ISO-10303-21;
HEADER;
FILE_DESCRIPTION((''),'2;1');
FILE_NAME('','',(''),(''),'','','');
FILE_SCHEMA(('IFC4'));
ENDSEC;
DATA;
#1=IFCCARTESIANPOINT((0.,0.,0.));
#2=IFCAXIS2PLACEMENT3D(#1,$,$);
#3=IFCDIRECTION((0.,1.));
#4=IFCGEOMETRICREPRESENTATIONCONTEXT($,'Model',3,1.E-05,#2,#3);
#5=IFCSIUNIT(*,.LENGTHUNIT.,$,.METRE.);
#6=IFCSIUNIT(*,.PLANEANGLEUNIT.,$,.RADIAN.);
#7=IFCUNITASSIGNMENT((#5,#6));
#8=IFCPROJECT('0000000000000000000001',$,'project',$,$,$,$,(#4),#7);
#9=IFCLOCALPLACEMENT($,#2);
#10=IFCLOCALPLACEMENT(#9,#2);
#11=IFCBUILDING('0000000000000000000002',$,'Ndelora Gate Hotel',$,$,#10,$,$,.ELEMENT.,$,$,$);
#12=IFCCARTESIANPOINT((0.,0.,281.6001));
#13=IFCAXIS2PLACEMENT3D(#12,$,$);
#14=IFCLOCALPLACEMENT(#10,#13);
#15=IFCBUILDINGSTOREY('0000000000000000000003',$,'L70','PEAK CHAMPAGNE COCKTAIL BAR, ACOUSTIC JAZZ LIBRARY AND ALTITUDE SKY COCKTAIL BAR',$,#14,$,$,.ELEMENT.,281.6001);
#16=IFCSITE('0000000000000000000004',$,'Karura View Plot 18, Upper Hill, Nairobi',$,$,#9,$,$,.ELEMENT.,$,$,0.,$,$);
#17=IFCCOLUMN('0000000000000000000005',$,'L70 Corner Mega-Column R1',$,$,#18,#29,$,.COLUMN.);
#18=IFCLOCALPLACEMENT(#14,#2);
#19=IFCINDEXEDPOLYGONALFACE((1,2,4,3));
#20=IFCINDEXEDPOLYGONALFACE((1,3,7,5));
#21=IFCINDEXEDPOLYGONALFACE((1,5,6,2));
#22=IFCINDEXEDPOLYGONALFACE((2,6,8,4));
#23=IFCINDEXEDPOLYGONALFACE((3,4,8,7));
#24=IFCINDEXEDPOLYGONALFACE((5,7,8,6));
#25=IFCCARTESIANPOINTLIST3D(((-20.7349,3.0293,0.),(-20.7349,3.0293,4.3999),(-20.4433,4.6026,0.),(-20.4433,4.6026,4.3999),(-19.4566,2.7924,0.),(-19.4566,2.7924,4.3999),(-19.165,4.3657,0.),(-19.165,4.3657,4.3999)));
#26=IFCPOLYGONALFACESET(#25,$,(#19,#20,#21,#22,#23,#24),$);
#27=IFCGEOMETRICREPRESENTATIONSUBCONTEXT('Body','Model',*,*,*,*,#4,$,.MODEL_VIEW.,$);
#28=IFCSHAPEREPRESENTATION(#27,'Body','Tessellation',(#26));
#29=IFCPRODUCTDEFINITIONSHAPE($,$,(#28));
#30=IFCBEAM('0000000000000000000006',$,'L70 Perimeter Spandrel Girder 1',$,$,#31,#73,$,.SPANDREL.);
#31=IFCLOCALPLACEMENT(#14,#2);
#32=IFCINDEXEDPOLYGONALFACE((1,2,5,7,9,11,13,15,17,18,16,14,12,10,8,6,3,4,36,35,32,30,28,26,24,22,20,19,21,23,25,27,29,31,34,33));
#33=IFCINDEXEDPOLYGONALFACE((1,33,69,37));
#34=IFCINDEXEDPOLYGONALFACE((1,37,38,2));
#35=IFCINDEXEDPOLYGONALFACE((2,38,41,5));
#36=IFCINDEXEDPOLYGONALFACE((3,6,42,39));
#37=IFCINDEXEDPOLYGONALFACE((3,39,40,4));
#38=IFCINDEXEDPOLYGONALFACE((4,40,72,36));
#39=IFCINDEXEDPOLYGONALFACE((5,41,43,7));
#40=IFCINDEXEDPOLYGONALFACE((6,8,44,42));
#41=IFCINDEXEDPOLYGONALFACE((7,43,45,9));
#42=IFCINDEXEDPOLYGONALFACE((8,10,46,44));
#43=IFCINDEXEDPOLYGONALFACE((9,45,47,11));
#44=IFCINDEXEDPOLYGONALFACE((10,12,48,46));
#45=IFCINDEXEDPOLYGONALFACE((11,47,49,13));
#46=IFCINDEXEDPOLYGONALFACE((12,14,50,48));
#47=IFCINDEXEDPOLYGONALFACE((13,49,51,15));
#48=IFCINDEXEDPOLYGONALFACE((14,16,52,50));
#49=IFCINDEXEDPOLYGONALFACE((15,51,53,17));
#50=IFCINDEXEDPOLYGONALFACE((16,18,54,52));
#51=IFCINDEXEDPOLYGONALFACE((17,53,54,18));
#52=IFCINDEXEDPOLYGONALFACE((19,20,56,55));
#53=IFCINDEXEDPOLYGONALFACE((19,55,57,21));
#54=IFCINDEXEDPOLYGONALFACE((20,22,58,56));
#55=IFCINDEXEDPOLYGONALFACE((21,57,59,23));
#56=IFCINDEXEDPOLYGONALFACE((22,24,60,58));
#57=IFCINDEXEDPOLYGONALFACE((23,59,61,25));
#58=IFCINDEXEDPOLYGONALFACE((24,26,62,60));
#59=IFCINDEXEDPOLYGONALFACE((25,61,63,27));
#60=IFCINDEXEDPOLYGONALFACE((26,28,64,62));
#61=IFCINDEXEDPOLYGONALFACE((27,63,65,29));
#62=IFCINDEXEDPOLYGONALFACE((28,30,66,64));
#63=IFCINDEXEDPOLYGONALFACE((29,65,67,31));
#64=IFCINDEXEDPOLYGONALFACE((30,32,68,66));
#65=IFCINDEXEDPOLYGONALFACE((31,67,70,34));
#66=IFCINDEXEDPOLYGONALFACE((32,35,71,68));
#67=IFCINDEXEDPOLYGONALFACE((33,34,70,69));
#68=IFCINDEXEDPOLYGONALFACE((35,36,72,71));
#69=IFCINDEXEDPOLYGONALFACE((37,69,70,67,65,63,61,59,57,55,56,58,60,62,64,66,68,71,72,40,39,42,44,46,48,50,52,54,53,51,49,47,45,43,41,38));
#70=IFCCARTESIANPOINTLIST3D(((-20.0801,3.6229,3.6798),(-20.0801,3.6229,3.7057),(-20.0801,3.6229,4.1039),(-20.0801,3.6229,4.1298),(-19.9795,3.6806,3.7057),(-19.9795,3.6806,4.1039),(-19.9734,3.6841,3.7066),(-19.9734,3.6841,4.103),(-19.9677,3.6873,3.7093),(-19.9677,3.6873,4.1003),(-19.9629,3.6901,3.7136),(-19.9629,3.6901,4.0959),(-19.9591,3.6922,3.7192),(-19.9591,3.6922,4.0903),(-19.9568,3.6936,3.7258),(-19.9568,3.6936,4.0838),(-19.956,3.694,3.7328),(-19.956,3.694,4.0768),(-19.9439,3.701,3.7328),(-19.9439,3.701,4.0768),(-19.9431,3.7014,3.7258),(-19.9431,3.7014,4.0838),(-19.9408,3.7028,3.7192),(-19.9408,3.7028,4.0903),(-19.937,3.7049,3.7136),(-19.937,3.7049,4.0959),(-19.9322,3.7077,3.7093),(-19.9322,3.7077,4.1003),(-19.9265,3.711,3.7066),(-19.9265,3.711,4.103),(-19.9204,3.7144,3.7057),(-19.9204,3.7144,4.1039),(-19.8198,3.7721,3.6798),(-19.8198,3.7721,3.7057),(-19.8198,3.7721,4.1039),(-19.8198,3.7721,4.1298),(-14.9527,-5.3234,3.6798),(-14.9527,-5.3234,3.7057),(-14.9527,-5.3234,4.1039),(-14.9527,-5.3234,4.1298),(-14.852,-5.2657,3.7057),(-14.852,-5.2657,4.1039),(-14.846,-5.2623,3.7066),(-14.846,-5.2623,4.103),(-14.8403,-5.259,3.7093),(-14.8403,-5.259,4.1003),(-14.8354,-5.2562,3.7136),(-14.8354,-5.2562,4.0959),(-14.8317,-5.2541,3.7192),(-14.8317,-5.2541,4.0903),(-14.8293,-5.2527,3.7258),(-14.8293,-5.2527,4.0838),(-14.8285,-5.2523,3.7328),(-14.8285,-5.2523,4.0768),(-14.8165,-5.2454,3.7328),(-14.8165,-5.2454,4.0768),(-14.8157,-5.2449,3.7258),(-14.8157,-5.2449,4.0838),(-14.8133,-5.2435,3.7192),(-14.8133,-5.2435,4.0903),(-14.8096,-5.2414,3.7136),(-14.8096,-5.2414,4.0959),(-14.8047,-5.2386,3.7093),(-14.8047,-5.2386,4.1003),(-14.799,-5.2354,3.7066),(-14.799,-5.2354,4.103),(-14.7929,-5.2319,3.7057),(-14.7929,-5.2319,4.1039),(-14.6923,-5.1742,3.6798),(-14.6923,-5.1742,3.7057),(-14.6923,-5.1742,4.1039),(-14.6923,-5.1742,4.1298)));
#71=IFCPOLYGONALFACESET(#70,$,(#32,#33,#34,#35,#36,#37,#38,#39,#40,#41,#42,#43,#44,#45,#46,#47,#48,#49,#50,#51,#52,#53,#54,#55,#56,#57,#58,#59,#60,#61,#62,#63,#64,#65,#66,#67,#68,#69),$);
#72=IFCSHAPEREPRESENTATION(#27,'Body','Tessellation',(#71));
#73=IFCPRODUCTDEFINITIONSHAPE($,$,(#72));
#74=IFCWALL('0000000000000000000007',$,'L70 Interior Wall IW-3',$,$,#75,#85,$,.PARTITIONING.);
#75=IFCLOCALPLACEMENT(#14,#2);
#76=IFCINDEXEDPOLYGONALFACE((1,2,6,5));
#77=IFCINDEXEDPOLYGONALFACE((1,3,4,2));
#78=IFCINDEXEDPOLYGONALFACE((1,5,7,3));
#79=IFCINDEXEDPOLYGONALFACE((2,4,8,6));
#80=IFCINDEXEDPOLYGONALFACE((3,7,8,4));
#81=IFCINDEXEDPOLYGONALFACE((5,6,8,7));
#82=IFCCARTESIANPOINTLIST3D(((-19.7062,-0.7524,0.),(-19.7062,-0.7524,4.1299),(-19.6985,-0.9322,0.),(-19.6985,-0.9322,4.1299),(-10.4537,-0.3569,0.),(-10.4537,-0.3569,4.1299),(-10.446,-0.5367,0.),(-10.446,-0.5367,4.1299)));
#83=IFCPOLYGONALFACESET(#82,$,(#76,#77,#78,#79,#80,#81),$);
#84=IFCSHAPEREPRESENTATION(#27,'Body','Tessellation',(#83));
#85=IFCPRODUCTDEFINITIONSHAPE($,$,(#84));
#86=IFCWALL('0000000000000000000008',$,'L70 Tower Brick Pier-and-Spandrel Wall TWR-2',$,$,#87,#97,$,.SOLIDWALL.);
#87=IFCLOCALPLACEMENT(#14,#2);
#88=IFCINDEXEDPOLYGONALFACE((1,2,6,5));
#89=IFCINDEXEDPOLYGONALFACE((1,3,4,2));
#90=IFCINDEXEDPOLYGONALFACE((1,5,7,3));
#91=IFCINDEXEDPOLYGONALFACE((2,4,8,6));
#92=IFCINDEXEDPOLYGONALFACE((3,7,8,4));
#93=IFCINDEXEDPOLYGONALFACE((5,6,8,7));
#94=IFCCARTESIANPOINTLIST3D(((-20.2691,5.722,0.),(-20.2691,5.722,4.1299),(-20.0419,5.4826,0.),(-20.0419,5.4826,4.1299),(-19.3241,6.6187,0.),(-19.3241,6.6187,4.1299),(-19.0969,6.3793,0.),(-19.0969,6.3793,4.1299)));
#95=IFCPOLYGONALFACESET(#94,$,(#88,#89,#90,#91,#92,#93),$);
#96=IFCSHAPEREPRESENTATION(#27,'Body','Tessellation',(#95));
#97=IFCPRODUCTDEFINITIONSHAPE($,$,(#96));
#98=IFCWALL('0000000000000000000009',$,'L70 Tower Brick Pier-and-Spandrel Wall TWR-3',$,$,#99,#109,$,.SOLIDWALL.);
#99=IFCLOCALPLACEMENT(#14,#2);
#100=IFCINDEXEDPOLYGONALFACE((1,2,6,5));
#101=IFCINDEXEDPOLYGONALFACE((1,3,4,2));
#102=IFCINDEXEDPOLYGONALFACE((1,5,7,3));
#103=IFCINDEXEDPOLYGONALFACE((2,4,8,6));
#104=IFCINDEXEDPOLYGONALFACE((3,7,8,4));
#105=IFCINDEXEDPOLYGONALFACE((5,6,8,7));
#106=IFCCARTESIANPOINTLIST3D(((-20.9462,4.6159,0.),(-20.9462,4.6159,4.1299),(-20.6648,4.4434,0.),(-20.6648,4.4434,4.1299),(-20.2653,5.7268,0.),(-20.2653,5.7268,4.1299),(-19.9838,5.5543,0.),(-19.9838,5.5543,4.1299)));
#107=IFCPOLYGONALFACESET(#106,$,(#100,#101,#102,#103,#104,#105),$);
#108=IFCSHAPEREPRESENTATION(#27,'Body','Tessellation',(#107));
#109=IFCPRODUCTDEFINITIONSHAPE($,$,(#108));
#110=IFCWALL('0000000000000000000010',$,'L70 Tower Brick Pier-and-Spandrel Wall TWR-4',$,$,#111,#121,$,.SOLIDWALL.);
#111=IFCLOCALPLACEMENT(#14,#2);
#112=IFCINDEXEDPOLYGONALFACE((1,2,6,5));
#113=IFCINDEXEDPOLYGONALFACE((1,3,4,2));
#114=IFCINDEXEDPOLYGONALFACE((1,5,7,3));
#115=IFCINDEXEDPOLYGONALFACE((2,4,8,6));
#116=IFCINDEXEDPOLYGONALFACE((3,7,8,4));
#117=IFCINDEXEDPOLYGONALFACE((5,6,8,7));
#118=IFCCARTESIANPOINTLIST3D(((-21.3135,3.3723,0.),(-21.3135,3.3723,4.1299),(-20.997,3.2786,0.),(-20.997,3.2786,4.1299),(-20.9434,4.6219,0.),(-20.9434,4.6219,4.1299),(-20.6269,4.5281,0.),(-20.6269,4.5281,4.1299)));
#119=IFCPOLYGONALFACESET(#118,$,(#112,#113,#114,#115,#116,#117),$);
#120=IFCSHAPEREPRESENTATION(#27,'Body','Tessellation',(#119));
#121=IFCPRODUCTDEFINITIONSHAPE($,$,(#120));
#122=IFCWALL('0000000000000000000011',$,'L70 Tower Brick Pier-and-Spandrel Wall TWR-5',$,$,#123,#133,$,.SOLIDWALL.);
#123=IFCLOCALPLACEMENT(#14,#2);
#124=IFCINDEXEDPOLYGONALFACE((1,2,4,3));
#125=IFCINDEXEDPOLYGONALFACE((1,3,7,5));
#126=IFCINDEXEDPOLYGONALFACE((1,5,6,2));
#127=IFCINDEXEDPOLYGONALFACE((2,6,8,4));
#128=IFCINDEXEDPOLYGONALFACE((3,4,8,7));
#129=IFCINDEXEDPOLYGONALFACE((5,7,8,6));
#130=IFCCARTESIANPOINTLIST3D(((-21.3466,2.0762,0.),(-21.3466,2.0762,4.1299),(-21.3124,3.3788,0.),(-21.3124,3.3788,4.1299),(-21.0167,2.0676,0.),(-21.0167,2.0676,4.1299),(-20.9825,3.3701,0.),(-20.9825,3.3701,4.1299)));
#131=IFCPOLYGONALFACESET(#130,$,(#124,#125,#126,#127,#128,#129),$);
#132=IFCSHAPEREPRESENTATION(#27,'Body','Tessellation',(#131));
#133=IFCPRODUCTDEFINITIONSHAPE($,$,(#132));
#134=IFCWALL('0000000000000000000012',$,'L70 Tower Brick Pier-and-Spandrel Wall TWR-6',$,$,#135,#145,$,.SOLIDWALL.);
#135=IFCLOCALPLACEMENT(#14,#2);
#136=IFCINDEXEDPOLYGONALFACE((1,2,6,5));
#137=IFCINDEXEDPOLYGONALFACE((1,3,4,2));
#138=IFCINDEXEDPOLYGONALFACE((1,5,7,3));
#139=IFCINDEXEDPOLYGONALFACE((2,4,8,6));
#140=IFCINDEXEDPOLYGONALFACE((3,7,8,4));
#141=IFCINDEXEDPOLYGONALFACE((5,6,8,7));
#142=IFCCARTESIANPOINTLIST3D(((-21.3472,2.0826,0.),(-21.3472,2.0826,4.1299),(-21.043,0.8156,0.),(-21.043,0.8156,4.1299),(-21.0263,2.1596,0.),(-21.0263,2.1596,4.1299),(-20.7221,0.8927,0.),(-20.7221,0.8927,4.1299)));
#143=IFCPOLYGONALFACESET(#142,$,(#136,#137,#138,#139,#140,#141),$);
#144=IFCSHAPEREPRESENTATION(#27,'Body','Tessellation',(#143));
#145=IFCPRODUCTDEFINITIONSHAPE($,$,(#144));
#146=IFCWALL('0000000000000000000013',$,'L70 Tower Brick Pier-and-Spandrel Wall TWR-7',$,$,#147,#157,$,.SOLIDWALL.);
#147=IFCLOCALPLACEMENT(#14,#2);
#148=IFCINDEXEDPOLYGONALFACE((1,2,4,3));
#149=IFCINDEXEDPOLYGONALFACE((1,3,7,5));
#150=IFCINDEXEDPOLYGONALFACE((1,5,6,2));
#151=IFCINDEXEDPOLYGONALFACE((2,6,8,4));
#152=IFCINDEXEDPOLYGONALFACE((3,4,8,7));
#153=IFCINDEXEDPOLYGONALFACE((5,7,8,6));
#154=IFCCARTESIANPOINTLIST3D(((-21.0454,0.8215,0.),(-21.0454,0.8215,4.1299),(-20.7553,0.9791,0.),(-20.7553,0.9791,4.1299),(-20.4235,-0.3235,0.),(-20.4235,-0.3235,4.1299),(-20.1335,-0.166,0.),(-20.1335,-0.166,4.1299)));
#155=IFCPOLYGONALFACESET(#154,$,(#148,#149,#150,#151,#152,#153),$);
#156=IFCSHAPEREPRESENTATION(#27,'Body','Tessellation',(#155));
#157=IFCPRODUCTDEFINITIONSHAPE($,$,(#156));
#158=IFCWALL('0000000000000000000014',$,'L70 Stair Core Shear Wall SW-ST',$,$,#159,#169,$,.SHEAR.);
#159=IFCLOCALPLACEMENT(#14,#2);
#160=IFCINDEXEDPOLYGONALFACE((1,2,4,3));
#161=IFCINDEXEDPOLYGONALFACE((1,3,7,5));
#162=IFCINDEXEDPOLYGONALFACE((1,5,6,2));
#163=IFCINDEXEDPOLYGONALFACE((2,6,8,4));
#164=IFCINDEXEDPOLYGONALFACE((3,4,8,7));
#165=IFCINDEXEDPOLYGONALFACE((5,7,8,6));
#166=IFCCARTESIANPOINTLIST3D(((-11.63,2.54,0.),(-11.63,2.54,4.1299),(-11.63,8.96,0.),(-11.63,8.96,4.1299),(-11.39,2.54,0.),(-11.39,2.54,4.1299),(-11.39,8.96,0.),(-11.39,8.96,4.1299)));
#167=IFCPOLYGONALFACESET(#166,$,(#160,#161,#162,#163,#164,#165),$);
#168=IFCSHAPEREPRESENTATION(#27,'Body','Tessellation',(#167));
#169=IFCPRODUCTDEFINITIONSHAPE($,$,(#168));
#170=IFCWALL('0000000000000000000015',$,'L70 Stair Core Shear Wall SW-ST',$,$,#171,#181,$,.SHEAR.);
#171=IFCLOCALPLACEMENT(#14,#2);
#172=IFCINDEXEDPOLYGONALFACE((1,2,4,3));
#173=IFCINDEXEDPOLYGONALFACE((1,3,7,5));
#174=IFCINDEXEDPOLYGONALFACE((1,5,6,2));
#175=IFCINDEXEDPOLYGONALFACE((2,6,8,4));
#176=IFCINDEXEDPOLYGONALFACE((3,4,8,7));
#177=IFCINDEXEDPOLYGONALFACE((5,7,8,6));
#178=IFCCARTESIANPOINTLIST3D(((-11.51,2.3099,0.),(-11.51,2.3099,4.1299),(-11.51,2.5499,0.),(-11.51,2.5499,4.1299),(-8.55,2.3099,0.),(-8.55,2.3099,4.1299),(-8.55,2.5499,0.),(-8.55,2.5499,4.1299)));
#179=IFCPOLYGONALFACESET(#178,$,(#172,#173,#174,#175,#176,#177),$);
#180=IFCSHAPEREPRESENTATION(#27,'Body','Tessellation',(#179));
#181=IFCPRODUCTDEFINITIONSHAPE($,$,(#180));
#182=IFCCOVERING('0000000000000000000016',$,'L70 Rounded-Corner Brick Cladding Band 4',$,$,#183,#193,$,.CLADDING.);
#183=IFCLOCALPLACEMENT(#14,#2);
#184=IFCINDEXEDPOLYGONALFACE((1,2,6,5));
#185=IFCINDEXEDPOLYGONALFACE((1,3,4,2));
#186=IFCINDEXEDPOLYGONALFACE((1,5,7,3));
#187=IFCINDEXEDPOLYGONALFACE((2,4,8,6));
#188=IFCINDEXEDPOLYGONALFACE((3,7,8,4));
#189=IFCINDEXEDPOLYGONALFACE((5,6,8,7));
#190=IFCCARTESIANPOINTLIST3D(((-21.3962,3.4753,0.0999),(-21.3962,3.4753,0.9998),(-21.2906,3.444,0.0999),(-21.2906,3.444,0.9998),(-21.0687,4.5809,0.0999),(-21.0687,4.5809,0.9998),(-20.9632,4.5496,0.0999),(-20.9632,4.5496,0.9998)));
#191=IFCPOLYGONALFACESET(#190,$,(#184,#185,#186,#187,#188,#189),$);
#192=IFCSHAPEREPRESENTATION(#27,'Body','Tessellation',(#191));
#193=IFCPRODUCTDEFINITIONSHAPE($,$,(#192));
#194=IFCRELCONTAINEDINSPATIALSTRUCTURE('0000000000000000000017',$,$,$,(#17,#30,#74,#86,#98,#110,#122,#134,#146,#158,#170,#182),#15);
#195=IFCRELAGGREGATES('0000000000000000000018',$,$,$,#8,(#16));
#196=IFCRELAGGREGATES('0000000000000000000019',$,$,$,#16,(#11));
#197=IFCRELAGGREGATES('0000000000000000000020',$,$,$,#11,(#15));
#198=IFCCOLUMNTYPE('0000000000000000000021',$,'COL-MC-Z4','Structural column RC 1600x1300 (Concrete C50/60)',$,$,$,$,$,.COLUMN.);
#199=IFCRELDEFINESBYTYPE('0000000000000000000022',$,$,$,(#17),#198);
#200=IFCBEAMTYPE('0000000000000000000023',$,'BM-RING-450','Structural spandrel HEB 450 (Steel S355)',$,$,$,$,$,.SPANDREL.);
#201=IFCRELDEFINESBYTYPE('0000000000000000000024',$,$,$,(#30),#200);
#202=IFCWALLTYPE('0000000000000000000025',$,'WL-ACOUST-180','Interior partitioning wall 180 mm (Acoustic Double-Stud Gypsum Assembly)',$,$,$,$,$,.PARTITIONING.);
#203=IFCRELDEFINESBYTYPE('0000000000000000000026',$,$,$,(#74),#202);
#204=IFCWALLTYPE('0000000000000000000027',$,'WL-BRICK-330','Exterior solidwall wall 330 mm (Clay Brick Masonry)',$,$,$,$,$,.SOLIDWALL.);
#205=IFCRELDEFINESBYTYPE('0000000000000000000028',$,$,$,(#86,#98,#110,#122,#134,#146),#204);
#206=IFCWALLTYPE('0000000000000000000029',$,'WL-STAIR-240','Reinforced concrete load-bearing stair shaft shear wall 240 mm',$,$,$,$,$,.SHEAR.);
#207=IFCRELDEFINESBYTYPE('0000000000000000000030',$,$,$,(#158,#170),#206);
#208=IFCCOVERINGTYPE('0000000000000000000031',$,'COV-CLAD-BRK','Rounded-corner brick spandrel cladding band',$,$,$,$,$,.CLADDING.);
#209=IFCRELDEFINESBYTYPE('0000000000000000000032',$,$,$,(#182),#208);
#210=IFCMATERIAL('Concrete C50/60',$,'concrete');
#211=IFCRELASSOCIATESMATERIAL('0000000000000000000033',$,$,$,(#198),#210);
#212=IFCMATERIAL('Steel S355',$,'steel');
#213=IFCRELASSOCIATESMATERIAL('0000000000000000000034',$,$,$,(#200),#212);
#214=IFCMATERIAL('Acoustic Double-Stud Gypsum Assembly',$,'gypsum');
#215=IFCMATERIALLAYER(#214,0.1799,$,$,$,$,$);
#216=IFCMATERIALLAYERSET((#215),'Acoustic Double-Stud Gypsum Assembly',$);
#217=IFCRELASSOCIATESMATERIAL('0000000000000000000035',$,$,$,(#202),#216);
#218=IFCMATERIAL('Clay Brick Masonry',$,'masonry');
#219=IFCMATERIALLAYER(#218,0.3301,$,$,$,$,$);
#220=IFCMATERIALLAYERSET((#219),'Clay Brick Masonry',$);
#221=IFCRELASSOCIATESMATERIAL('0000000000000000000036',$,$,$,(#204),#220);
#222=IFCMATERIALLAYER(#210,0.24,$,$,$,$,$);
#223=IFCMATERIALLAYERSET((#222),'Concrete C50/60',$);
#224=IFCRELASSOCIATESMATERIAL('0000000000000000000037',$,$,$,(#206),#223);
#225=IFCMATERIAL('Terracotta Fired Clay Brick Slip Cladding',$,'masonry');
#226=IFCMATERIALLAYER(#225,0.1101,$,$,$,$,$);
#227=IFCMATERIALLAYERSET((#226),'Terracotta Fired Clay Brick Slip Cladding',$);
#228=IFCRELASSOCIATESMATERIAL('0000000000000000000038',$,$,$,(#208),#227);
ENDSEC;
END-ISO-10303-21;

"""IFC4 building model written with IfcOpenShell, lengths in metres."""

from ifc_helpers import new_model, si_unit, direction, frame, frame_2d, origin, origin_2d, place, context, subcontext, project, spatial, rectangle, i_section, extrude, material, layer, layer_set, material_profile, profile_set, type_object, element, save


model = new_model("IFC4")

# Units and contexts
model_context = context("Model", 3, precision=1e-05, world=origin(), true_north=direction((0.0, 1.0)))
body_context = subcontext(model_context, "Body", "Model", "MODEL_VIEW")
ifc_project = project(units=[si_unit("LENGTHUNIT", "METRE"), si_unit("PLANEANGLEUNIT", "RADIAN")], contexts=[model_context])

# Site, building, storey
site_placement = place(None, origin())
site = spatial("IfcSite", under=ifc_project, at=site_placement, Name="Karura View Plot 18, Upper Hill, Nairobi", CompositionType="ELEMENT", RefElevation=0.0)
building_placement = place(site_placement, origin())
building = spatial("IfcBuilding", under=site, at=building_placement, Name="Ndelora Gate Hotel", CompositionType="ELEMENT")
storey_placement = place(building_placement, frame((0.0, 0.0, 281.6001)))
storey = spatial("IfcBuildingStorey", under=building, at=storey_placement, Name="L70", Description="PEAK CHAMPAGNE COCKTAIL BAR, ACOUSTIC JAZZ LIBRARY AND ALTITUDE SKY COCKTAIL BAR", CompositionType="ELEMENT", Elevation=281.6001)

# Column
ifc_material_1 = material(Name="Concrete C50/60", Category="concrete")
ifc_material_profile_1 = material_profile(ifc_material_1, rectangle(XDim=1.3, YDim=1.6001, at=origin_2d()), Name="RC 1600x1300")
ifc_profile_set_1 = profile_set([ifc_material_profile_1], Name="Concrete C50/60")
column_type = type_object("IfcColumnType", Name="COL-MC-Z4", Description="Structural column RC 1600x1300 (Concrete C50/60)", PredefinedType="COLUMN", material=ifc_profile_set_1)
column_placement = place(storey_placement, frame((-19.95, 3.6975, 0.0), z_axis=(0.0, 0.0, 1.0), x_axis=(-0.983255, 0.182236, 0.0)))
element("IfcColumn", 1, at=column_placement, inside=storey, type_object=column_type, Name="L70 Corner Mega-Column R1", PredefinedType="COLUMN", context=body_context, shape_type="SweptSolid", body=[
    extrude(rectangle(XDim=1.3, YDim=1.6001, at=origin_2d()), origin(), (0.0, 0.0, 1.0), 4.3999),
])

# Beam
ifc_material_2 = material(Name="Steel S355", Category="steel")
ifc_material_profile_2 = material_profile(ifc_material_2, i_section(OverallWidth=0.3, OverallDepth=0.45, WebThickness=0.0139, FlangeThickness=0.0259, FilletRadius=0.0271, at=origin_2d()), Name="HEB 450")
ifc_profile_set_2 = profile_set([ifc_material_profile_2], Name="Steel S355")
beam_type = type_object("IfcBeamType", Name="BM-RING-450", Description="Structural spandrel HEB 450 (Steel S355)", PredefinedType="SPANDREL", material=ifc_profile_set_2)
beam_placement = place(storey_placement, frame((-19.95, 3.6975, 3.9048), z_axis=(0.497255, -0.867604, 0.0), x_axis=(0.867604, 0.497255, 0.0)))
element("IfcBeam", 2, at=beam_placement, inside=storey, type_object=beam_type, Name="L70 Perimeter Spandrel Girder 1", PredefinedType="SPANDREL", context=body_context, shape_type="SweptSolid", body=[
    extrude(i_section(OverallWidth=0.3, OverallDepth=0.45, WebThickness=0.0139, FlangeThickness=0.0259, FilletRadius=0.0271, at=origin_2d()), origin(), (0.0, 0.0, 1.0), 10.3115),
])

# Walls
ifc_material_3 = material(Name="Acoustic Double-Stud Gypsum Assembly", Category="gypsum")
ifc_layer_1 = layer(ifc_material_3, 0.1799)
ifc_layer_set_1 = layer_set([ifc_layer_1], Name="Acoustic Double-Stud Gypsum Assembly")
wall_type_1 = type_object("IfcWallType", Name="WL-ACOUST-180", Description="Interior partitioning wall 180 mm (Acoustic Double-Stud Gypsum Assembly)", PredefinedType="PARTITIONING", material=ifc_layer_set_1)
wall_1_placement = place(storey_placement, frame((-10.45, -0.4468, 0.0), z_axis=(0.0, 0.0, 1.0), x_axis=(-0.999088, -0.042707, 0.0)))
element("IfcWall", 3, at=wall_1_placement, inside=storey, type_object=wall_type_1, Name="L70 Interior Wall IW-3", PredefinedType="PARTITIONING", context=body_context, shape_type="SweptSolid", body=[
    extrude(rectangle(XDim=9.261, YDim=0.1799, at=frame_2d((4.6304, 0.0))), origin(), (0.0, 0.0, 1.0), 4.1299),
])
ifc_material_4 = material(Name="Clay Brick Masonry", Category="masonry")
ifc_layer_2 = layer(ifc_material_4, 0.3301)
ifc_layer_set_2 = layer_set([ifc_layer_2], Name="Clay Brick Masonry")
wall_type_2 = type_object("IfcWallType", Name="WL-BRICK-330", Description="Exterior solidwall wall 330 mm (Clay Brick Masonry)", PredefinedType="SOLIDWALL", material=ifc_layer_set_2)
wall_2_placement = place(storey_placement, frame((-20.1555, 5.6023, 0.0), z_axis=(0.0, 0.0, 1.0), x_axis=(0.725416, 0.688311, 0.0)))
element("IfcWall", 4, at=wall_2_placement, inside=storey, type_object=wall_type_2, Name="L70 Tower Brick Pier-and-Spandrel Wall TWR-2", PredefinedType="SOLIDWALL", context=body_context, shape_type="SweptSolid", body=[
    extrude(rectangle(XDim=1.3027, YDim=0.3301, at=frame_2d((0.6514, 0.0))), origin(), (0.0, 0.0, 1.0), 4.1299),
])
wall_3_placement = place(storey_placement, frame((-20.8054, 4.5298, 0.0), z_axis=(0.0, 0.0, 1.0), x_axis=(0.522602, 0.852577, 0.0)))
element("IfcWall", 5, at=wall_3_placement, inside=storey, type_object=wall_type_2, Name="L70 Tower Brick Pier-and-Spandrel Wall TWR-3", PredefinedType="SOLIDWALL", context=body_context, shape_type="SweptSolid", body=[
    extrude(rectangle(XDim=1.303, YDim=0.3301, at=frame_2d((0.6514, 0.0))), origin(), (0.0, 0.0, 1.0), 4.1299),
])
wall_4_placement = place(storey_placement, frame((-21.1553, 3.3254, 0.0), z_axis=(0.0, 0.0, 1.0), x_axis=(0.284012, 0.958821, 0.0)))
element("IfcWall", 6, at=wall_4_placement, inside=storey, type_object=wall_type_2, Name="L70 Tower Brick Pier-and-Spandrel Wall TWR-4", PredefinedType="SOLIDWALL", context=body_context, shape_type="SweptSolid", body=[
    extrude(rectangle(XDim=1.3032, YDim=0.3301, at=frame_2d((0.6516, 0.0))), origin(), (0.0, 0.0, 1.0), 4.1299),
])
for number, where, z_axis, x_axis, name in (
    (7, (-21.1816, 2.072, 0.0), (0.0, 0.0, 1.0), (0.026233, 0.999656, 0.0), "L70 Tower Brick Pier-and-Spandrel Wall TWR-5"),
    (8, (-20.8826, 0.8542, 0.0), (0.0, 0.0, 1.0), (-0.233486, 0.97236, 0.0), "L70 Tower Brick Pier-and-Spandrel Wall TWR-6"),
    (9, (-20.2786, -0.2446, 0.0), (0.0, 0.0, 1.0), (-0.477237, 0.878775, 0.0), "L70 Tower Brick Pier-and-Spandrel Wall TWR-7"),
):
    element("IfcWall", number, at=place(storey_placement, frame(where, z_axis=z_axis, x_axis=x_axis)), inside=storey, type_object=wall_type_2, Name=name, PredefinedType="SOLIDWALL", context=body_context, shape_type="SweptSolid", body=[
        extrude(rectangle(XDim=1.303, YDim=0.3301, at=frame_2d((0.6514, 0.0))), origin(), (0.0, 0.0, 1.0), 4.1299),
    ])
ifc_layer_3 = layer(ifc_material_1, 0.24)
ifc_layer_set_3 = layer_set([ifc_layer_3], Name="Concrete C50/60")
wall_type_3 = type_object("IfcWallType", Name="WL-STAIR-240", Description="Reinforced concrete load-bearing stair shaft shear wall 240 mm", PredefinedType="SHEAR", material=ifc_layer_set_3)
wall_5_placement = place(storey_placement, frame((-11.51, 2.54, 0.0), z_axis=(0.0, 0.0, 1.0), x_axis=(0.0, 1.0, 0.0)))
element("IfcWall", 10, at=wall_5_placement, inside=storey, type_object=wall_type_3, Name="L70 Stair Core Shear Wall SW-ST", PredefinedType="SHEAR", context=body_context, shape_type="SweptSolid", body=[
    extrude(rectangle(XDim=6.4199, YDim=0.24, at=frame_2d((3.21, 0.0))), origin(), (0.0, 0.0, 1.0), 4.1299),
])
wall_6_placement = place(storey_placement, frame((-11.51, 2.4299, 0.0), z_axis=(0.0, 0.0, 1.0), x_axis=(1.0, 0.0, 0.0)))
element("IfcWall", 11, at=wall_6_placement, inside=storey, type_object=wall_type_3, Name="L70 Stair Core Shear Wall SW-ST", PredefinedType="SHEAR", context=body_context, shape_type="SweptSolid", body=[
    extrude(rectangle(XDim=2.96, YDim=0.24, at=frame_2d((1.48, 0.0))), origin(), (0.0, 0.0, 1.0), 4.1299),
])

# Covering
ifc_material_5 = material(Name="Terracotta Fired Clay Brick Slip Cladding", Category="masonry")
ifc_layer_4 = layer(ifc_material_5, 0.1101)
ifc_layer_set_4 = layer_set([ifc_layer_4], Name="Terracotta Fired Clay Brick Slip Cladding")
covering_type_1 = type_object("IfcCoveringType", Name="COV-CLAD-BRK", Description="Rounded-corner brick spandrel cladding band", PredefinedType="CLADDING", material=ifc_layer_set_4)
for number, where, z_axis, x_axis, name in (
    (12, (-21.1797, 4.0125, 0.0999), (0.0, 0.0, 1.0), (0.284015, 0.95882, 0.0), "L70 Rounded-Corner Brick Cladding Band 4"),
):
    element("IfcCovering", number, at=place(storey_placement, frame(where, z_axis=z_axis, x_axis=x_axis)), inside=storey, type_object=covering_type_1, Name=name, PredefinedType="CLADDING", context=body_context, shape_type="SweptSolid", body=[
        extrude(rectangle(XDim=1.1531, YDim=0.1101, at=origin_2d()), origin(), (0.0, 0.0, 1.0), 0.8999),
    ])

save(model, "model.ifc")
